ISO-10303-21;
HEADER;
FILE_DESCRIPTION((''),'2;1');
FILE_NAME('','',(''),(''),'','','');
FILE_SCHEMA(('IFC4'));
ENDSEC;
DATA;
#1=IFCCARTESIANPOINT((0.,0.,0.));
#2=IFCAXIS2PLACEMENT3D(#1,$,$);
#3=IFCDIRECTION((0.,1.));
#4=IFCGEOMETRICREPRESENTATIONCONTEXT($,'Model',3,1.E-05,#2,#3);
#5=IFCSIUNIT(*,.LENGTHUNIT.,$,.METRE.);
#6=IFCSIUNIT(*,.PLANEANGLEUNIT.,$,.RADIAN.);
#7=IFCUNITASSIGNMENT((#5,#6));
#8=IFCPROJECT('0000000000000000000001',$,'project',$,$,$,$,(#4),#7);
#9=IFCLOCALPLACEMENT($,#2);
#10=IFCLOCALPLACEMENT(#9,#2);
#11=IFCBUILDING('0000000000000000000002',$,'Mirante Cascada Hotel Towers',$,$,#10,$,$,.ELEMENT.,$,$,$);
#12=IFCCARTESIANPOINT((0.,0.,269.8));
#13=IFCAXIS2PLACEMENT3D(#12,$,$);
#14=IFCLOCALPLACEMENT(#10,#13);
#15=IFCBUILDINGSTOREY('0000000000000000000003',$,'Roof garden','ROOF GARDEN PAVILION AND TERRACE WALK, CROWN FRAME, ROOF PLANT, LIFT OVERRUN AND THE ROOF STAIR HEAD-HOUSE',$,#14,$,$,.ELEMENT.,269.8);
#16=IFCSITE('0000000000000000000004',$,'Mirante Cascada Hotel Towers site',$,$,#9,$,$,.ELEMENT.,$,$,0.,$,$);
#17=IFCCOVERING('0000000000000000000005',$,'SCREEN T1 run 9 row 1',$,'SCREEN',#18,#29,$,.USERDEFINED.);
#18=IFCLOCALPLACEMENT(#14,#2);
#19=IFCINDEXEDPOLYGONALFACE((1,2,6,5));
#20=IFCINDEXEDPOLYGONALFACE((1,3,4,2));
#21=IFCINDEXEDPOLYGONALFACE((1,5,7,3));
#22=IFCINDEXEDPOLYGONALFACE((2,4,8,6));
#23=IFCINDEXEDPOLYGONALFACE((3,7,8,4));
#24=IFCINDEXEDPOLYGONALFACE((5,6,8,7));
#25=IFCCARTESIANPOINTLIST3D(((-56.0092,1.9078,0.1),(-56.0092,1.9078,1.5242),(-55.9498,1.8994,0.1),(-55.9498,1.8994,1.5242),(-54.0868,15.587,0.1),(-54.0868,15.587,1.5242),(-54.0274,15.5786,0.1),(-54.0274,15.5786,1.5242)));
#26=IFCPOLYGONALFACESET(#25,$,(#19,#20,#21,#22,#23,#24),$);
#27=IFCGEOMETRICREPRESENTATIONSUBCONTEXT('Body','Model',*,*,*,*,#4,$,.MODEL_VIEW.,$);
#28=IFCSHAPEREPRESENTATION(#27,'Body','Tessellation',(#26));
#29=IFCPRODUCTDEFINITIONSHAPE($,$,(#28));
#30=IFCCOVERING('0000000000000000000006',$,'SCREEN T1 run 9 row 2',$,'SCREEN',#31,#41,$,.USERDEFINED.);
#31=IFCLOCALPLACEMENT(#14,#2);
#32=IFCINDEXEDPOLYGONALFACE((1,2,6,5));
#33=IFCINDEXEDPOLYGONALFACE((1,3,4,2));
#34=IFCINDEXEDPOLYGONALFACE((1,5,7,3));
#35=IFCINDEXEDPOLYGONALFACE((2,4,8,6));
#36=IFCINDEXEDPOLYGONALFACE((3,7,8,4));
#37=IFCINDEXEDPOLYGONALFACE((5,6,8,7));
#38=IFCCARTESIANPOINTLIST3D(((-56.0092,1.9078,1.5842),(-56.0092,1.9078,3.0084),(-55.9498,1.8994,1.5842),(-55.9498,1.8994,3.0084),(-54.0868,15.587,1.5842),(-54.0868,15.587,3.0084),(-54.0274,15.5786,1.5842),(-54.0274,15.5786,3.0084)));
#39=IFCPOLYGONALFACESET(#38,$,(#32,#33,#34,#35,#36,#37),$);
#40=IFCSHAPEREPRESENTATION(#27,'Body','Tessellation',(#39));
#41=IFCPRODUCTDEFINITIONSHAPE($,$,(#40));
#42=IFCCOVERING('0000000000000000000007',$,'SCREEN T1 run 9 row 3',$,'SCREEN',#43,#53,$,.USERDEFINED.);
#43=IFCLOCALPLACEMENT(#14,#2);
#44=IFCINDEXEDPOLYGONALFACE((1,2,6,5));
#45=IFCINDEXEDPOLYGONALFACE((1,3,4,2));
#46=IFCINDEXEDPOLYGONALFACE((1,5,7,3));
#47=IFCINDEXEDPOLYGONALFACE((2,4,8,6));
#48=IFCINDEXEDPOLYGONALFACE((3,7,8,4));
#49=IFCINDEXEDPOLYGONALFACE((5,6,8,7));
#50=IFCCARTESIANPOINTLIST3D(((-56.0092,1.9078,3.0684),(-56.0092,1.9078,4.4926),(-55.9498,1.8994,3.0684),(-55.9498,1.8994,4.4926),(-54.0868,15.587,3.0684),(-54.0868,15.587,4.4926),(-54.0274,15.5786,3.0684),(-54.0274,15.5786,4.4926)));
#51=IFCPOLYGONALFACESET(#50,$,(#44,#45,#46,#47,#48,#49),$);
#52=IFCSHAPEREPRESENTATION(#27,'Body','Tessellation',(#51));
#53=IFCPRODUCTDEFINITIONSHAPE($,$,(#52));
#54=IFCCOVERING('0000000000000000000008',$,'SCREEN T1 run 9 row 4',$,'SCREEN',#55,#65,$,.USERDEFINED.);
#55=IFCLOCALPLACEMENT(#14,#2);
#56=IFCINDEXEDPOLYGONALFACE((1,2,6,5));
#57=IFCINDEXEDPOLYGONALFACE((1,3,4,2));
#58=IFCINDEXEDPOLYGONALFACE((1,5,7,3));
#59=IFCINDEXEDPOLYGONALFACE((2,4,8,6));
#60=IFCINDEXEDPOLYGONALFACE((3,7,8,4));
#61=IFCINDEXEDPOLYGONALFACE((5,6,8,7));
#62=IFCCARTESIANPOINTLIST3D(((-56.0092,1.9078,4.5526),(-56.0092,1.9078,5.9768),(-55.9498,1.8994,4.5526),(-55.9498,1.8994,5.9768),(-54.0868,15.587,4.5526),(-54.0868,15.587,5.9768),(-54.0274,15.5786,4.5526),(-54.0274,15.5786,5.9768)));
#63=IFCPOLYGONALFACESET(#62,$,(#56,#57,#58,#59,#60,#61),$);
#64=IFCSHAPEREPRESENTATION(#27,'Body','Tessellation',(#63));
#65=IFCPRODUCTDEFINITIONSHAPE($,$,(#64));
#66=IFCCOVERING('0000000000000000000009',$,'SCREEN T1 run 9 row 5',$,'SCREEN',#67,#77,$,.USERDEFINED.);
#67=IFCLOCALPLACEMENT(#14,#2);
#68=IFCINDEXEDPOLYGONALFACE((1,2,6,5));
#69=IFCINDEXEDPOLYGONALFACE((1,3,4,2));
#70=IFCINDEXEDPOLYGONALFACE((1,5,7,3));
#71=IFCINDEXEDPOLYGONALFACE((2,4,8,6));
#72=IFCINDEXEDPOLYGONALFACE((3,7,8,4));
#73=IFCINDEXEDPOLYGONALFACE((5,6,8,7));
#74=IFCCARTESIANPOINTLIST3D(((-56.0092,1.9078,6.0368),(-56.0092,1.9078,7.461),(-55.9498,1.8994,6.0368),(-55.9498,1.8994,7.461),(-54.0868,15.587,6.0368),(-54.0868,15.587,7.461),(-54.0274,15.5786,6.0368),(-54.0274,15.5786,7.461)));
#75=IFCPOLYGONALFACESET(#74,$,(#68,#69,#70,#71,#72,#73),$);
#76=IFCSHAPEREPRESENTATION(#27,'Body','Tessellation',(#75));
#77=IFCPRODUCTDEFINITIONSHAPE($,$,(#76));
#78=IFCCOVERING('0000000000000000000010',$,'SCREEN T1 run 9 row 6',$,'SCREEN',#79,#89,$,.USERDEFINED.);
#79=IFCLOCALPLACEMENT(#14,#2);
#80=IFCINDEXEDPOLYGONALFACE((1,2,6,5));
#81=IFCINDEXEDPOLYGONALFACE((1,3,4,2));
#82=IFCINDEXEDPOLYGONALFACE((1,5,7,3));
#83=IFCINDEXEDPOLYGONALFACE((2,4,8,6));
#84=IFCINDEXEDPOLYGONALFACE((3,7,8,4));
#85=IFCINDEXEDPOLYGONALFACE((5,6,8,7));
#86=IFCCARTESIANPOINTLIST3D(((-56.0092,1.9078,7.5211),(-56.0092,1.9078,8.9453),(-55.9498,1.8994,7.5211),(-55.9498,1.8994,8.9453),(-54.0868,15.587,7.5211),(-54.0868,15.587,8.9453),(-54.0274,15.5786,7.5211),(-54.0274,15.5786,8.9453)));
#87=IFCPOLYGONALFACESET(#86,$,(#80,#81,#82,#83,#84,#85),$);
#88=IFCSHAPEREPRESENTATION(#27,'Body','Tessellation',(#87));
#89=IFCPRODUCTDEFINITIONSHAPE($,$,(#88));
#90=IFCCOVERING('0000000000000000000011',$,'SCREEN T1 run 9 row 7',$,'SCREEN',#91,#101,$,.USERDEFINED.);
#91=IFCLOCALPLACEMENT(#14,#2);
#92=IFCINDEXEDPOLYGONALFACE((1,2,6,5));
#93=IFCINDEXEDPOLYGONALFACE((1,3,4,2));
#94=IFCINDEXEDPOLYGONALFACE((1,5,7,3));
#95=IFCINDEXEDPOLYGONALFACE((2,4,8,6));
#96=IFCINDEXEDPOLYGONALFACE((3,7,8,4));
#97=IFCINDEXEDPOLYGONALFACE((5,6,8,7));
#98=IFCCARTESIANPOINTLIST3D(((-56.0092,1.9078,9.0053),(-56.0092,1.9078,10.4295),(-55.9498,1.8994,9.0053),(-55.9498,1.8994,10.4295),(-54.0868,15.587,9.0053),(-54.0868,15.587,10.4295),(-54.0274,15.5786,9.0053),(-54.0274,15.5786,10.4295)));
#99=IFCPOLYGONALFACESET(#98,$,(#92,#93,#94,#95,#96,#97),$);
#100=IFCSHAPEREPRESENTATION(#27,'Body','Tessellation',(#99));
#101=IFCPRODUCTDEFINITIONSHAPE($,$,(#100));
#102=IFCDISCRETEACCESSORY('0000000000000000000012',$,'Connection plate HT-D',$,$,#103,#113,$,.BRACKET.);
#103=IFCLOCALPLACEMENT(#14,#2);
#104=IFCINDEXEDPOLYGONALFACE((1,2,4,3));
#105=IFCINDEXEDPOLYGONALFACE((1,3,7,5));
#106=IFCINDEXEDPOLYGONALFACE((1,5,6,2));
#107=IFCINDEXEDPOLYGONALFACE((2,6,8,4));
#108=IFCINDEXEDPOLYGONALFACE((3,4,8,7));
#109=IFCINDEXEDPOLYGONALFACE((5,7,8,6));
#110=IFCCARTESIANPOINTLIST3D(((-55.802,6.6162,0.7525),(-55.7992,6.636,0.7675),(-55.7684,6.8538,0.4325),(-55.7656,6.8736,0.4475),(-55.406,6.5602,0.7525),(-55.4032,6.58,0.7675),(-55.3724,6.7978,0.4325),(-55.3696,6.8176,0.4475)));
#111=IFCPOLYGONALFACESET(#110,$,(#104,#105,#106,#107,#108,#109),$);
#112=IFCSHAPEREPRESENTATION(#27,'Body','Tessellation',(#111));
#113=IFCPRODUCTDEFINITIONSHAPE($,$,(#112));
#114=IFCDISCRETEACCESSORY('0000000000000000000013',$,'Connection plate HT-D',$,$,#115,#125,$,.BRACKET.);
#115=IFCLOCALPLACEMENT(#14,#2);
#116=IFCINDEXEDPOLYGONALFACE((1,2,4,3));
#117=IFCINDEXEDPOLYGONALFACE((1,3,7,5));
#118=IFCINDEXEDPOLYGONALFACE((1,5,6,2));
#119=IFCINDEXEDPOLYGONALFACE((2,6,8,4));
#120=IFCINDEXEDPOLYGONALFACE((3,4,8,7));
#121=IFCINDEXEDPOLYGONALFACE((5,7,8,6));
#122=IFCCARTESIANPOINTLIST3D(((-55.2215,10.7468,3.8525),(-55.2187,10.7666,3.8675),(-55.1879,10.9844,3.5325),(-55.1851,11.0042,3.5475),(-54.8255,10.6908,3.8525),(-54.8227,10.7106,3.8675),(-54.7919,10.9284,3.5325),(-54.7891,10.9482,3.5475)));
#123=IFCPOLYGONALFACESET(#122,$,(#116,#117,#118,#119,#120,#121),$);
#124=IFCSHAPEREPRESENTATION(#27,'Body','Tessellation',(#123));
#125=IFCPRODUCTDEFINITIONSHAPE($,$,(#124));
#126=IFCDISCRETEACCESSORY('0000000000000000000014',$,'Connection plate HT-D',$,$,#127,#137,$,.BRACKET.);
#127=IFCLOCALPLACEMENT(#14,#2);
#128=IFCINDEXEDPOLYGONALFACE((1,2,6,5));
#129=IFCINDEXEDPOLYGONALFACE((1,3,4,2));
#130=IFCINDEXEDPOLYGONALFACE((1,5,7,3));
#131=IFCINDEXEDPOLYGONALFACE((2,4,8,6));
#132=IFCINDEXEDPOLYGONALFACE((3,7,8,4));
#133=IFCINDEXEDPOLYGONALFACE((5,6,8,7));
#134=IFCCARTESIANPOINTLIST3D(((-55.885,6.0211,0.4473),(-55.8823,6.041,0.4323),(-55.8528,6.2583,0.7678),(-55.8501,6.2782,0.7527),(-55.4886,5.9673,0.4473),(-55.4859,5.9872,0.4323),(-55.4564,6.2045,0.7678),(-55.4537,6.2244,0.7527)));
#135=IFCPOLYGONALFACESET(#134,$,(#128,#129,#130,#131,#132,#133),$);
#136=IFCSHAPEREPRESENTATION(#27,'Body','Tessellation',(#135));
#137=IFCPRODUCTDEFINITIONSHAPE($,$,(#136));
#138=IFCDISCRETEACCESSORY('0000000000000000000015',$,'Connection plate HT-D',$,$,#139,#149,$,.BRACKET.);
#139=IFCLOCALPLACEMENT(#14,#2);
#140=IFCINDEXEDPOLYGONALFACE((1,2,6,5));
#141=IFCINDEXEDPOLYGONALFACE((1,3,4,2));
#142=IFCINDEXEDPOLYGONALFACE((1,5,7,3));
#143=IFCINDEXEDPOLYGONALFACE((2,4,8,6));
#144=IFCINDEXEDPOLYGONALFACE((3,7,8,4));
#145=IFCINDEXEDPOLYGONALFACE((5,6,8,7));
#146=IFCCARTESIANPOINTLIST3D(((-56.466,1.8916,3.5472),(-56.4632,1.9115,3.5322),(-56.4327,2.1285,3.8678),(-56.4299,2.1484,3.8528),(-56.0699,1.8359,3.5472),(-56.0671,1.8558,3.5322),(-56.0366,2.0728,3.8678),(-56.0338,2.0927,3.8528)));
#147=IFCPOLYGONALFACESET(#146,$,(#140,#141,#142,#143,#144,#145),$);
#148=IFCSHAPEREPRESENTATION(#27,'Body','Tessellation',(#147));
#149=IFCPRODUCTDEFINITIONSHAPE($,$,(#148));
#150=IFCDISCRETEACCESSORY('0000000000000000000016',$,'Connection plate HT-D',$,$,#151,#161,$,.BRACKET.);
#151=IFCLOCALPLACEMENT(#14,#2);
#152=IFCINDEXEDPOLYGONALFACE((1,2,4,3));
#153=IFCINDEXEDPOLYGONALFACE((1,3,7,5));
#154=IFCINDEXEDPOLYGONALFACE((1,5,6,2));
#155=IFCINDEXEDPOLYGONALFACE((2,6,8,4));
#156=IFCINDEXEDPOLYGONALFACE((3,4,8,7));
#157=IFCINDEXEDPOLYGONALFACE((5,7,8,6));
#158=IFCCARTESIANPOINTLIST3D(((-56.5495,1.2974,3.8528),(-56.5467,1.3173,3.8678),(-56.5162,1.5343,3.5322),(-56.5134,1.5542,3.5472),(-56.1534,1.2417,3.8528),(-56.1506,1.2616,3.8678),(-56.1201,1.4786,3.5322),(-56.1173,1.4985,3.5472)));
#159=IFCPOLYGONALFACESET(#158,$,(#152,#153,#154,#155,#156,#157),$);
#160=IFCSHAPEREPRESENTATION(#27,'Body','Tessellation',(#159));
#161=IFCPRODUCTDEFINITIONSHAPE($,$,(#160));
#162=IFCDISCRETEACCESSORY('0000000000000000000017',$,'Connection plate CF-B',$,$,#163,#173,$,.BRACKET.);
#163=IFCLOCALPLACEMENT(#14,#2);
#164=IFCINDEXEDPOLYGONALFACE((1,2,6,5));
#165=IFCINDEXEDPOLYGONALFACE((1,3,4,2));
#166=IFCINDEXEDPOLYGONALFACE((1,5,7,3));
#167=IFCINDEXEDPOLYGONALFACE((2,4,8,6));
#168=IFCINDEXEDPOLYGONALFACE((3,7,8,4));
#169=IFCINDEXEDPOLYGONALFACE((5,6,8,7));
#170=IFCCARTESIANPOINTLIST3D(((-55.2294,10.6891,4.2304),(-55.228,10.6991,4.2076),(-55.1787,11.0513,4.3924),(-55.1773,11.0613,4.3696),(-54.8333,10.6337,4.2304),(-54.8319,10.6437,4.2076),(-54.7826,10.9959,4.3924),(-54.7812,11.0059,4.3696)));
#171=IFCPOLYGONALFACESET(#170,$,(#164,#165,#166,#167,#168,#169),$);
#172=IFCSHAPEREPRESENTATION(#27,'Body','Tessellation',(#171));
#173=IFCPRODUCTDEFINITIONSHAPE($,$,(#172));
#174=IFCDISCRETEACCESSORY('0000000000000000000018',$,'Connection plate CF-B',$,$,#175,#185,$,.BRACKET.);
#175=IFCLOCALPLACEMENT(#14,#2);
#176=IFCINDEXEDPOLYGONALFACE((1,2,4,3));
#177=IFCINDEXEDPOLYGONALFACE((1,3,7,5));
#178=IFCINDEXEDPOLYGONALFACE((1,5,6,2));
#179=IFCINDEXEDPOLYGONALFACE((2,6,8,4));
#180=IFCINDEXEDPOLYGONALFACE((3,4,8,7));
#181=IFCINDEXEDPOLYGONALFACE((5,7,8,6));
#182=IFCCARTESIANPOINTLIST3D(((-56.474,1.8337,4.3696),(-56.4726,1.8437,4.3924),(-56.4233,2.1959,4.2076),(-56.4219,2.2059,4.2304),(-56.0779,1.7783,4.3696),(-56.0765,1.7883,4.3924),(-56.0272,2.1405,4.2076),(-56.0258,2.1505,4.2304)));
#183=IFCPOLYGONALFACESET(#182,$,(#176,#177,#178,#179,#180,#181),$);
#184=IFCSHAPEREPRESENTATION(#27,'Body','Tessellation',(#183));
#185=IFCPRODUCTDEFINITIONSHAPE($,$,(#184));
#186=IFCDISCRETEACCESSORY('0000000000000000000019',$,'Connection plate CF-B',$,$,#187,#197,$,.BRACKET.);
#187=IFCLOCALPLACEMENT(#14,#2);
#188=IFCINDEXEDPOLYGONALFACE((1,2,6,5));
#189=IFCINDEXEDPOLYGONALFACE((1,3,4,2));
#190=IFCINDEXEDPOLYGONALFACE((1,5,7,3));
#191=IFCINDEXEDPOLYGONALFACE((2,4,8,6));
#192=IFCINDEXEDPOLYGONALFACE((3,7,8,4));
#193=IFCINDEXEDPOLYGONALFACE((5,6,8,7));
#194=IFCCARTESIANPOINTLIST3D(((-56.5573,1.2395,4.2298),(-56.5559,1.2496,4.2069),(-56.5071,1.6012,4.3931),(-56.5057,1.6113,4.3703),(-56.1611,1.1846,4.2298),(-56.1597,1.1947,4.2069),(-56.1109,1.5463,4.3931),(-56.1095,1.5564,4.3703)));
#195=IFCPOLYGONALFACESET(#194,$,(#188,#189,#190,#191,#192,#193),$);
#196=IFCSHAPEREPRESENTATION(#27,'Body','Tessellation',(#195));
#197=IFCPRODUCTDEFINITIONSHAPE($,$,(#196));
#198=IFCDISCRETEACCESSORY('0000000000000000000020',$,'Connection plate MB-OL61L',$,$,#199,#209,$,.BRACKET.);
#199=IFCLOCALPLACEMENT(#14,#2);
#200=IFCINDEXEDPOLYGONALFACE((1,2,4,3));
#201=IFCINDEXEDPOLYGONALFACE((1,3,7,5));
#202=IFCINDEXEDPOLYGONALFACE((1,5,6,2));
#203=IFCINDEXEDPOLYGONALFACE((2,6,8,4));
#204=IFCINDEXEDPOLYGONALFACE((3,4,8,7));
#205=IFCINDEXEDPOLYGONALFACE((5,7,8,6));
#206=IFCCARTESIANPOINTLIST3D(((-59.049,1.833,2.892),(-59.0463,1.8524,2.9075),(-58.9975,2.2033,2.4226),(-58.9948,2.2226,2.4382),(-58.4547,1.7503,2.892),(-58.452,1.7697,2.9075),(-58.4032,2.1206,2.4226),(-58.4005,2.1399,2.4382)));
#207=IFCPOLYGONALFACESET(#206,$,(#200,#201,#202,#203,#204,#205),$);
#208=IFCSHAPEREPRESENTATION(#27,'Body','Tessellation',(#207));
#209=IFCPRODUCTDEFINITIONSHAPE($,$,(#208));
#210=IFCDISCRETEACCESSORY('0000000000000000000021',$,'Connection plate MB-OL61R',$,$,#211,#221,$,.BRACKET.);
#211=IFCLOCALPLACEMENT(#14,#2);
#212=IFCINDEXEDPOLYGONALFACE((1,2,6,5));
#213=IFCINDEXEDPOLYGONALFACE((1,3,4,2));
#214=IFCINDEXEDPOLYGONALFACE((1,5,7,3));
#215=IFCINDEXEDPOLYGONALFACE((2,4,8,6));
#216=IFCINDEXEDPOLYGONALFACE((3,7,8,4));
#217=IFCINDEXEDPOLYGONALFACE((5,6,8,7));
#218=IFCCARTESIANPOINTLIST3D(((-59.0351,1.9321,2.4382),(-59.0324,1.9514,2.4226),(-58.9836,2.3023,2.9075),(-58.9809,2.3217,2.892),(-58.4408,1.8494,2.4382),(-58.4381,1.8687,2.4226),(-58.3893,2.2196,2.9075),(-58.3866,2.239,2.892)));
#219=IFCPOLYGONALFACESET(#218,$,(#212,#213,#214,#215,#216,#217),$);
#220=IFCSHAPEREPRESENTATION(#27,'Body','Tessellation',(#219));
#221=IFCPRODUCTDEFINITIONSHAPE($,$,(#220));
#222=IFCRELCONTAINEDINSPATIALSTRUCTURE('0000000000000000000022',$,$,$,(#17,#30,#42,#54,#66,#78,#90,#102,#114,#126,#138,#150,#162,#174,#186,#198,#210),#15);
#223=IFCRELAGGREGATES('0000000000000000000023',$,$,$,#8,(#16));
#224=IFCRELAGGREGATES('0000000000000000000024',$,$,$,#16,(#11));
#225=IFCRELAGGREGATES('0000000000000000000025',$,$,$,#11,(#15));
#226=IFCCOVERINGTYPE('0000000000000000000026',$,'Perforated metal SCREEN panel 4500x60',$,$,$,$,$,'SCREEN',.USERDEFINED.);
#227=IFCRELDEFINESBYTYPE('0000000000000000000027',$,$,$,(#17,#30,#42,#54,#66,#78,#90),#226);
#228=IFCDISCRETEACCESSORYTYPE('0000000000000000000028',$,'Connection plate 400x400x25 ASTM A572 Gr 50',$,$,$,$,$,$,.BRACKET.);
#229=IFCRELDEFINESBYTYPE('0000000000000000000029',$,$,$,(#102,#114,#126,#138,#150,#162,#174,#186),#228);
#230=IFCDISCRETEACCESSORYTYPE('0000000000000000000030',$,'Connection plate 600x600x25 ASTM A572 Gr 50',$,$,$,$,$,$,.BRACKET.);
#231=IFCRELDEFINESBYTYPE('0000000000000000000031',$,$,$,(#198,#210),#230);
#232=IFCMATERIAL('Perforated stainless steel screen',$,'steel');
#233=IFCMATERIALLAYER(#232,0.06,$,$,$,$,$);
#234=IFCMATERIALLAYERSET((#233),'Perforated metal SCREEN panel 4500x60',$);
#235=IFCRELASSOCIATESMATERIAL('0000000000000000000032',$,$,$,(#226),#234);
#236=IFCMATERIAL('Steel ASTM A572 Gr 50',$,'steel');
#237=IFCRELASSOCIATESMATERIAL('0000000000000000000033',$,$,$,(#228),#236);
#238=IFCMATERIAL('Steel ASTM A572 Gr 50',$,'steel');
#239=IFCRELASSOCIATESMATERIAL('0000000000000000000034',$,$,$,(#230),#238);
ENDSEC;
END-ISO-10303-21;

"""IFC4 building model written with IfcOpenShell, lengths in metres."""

from ifc_helpers import new_model, si_unit, direction, frame, origin, origin_2d, place, context, subcontext, project, spatial, rectangle, extrude, material, layer, layer_set, material_profile, profile_set, type_object, element, save


model = new_model("IFC4")

# Units and contexts
model_context = context("Model", 3, precision=1e-05, world=origin(), true_north=direction((0.0, 1.0)))
body_context = subcontext(model_context, "Body", "Model", "MODEL_VIEW")
ifc_project = project(units=[si_unit("LENGTHUNIT", "METRE"), si_unit("PLANEANGLEUNIT", "RADIAN")], contexts=[model_context])

# Site, building, storey
site_placement = place(None, origin())
site = spatial("IfcSite", under=ifc_project, at=site_placement, Name="Mirante Cascada Hotel Towers site", CompositionType="ELEMENT", RefElevation=0.0)
building_placement = place(site_placement, origin())
building = spatial("IfcBuilding", under=site, at=building_placement, Name="Mirante Cascada Hotel Towers", CompositionType="ELEMENT")
storey_placement = place(building_placement, frame((0.0, 0.0, 269.8)))
storey = spatial("IfcBuildingStorey", under=building, at=storey_placement, Name="Roof garden", Description="ROOF GARDEN PAVILION AND TERRACE WALK, CROWN FRAME, ROOF PLANT, LIFT OVERRUN AND THE ROOF STAIR HEAD-HOUSE", CompositionType="ELEMENT", Elevation=269.8)

# Coverings
ifc_material_1 = material(Name="Perforated stainless steel screen", Category="steel")
ifc_layer = layer(ifc_material_1, 0.06)
ifc_layer_set = layer_set([ifc_layer], Name="Perforated metal SCREEN panel 4500x60")
covering_type = type_object("IfcCoveringType", Name="Perforated metal SCREEN panel 4500x60", ElementType="SCREEN", PredefinedType="USERDEFINED", material=ifc_layer_set)
for number, where, z_axis, x_axis, name in (
    (1, (-55.0183, 8.7432, 0.1), (0.0, 0.0, 1.0), (-0.139173, -0.990268, 0.0), "SCREEN T1 run 9 row 1"),
    (2, (-55.0183, 8.7432, 1.5842), (0.0, 0.0, 1.0), (-0.139173, -0.990268, 0.0), "SCREEN T1 run 9 row 2"),
    (3, (-55.0183, 8.7432, 3.0684), (0.0, 0.0, 1.0), (-0.139173, -0.990268, 0.0), "SCREEN T1 run 9 row 3"),
    (4, (-55.0183, 8.7432, 4.5526), (0.0, 0.0, 1.0), (-0.139173, -0.990268, 0.0), "SCREEN T1 run 9 row 4"),
    (5, (-55.0183, 8.7432, 6.0368), (0.0, 0.0, 1.0), (-0.139173, -0.990268, 0.0), "SCREEN T1 run 9 row 5"),
    (6, (-55.0183, 8.7432, 7.5211), (0.0, 0.0, 1.0), (-0.139173, -0.990268, 0.0), "SCREEN T1 run 9 row 6"),
    (7, (-55.0183, 8.7432, 9.0053), (0.0, 0.0, 1.0), (-0.139173, -0.990268, 0.0), "SCREEN T1 run 9 row 7"),
):
    element("IfcCovering", number, at=place(storey_placement, frame(where, z_axis=z_axis, x_axis=x_axis)), inside=storey, type_object=covering_type, Name=name, ObjectType="SCREEN", PredefinedType="USERDEFINED", context=body_context, shape_type="SweptSolid", body=[
        extrude(rectangle(XDim=13.8136, YDim=0.06, at=origin_2d()), origin(), (0.0, 0.0, 1.0), 1.4242),
    ])

# Discrete accessories
ifc_material_2 = material(Name="Steel ASTM A572 Gr 50", Category="steel")
ifc_material_profile_1 = material_profile(ifc_material_2, rectangle(XDim=0.4, YDim=0.4, at=origin_2d()), Name="Connection plate 400x400x25 ASTM A572 Gr 50")
ifc_profile_set_1 = profile_set([ifc_material_profile_1], Name="Steel ASTM A572 Gr 50")
discrete_accessory_type_1 = type_object("IfcDiscreteAccessoryType", Name="Connection plate 400x400x25 ASTM A572 Gr 50", PredefinedType="BRACKET", material=ifc_profile_set_1)
for number, where, z_axis, x_axis, name in (
    (8, (-55.5872, 6.707, 0.5925), (0.112011, 0.792076, 0.600058), (-0.990148, 0.140021, 0.0), "Connection plate HT-D"),
    (9, (-55.0067, 10.8376, 3.6925), (0.112011, 0.792076, 0.600058), (-0.990148, 0.140021, 0.0), "Connection plate HT-D"),
):
    element("IfcDiscreteAccessory", number, at=place(storey_placement, frame(where, z_axis=z_axis, x_axis=x_axis)), inside=storey, type_object=discrete_accessory_type_1, Name=name, PredefinedType="BRACKET", context=body_context, shape_type="SweptSolid", body=[
        extrude(rectangle(XDim=0.4, YDim=0.4, at=origin_2d()), origin(), (0.0, 0.0, 1.0), 0.025),
    ])
for number, where, z_axis, x_axis, name in (
    (10, (-55.668, 6.1327, 0.5925), (-0.107716, -0.793907, 0.598422), (0.990921, -0.134446, 0.0), "Connection plate HT-D"),
    (11, (-56.2485, 2.0021, 3.6925), (-0.111657, -0.79356, 0.59816), (0.990246, -0.139331, 0.0), "Connection plate HT-D"),
    (12, (-56.3348, 1.388, 3.6925), (0.111657, 0.79356, 0.59816), (-0.990246, 0.139331, 0.0), "Connection plate HT-D"),
):
    element("IfcDiscreteAccessory", number, at=place(storey_placement, frame(where, z_axis=z_axis, x_axis=x_axis)), inside=storey, type_object=discrete_accessory_type_1, Name=name, PredefinedType="BRACKET", context=body_context, shape_type="SweptSolid", body=[
        extrude(rectangle(XDim=0.4, YDim=0.4, at=origin_2d()), origin(), (0.0, 0.0, 1.0), 0.0251),
    ])
for number, where, z_axis, x_axis, name in (
    (13, (-55.0046, 10.8525, 4.2886), (-0.056144, -0.401028, 0.914344), (0.990342, -0.138648, 0.0), "Connection plate CF-B"),
    (14, (-56.2506, 1.9871, 4.2886), (0.056144, 0.401028, 0.914344), (-0.990342, 0.138648, 0.0), "Connection plate CF-B"),
):
    element("IfcDiscreteAccessory", number, at=place(storey_placement, frame(where, z_axis=z_axis, x_axis=x_axis)), inside=storey, type_object=discrete_accessory_type_1, Name=name, PredefinedType="BRACKET", context=body_context, shape_type="SweptSolid", body=[
        extrude(rectangle(XDim=0.4, YDim=0.4, at=origin_2d()), origin(), (0.0, 0.0, 1.0), 0.0249),
    ])
discrete_accessory_placement = place(storey_placement, frame((-56.3327, 1.403, 4.2886), z_axis=(-0.056053, -0.404385, 0.91287), x_axis=(0.990529, -0.137301, 0.0)))
element("IfcDiscreteAccessory", 15, at=discrete_accessory_placement, inside=storey, type_object=discrete_accessory_type_1, Name="Connection plate CF-B", PredefinedType="BRACKET", context=body_context, shape_type="SweptSolid", body=[
    extrude(rectangle(XDim=0.4, YDim=0.4, at=origin_2d()), origin(), (0.0, 0.0, 1.0), 0.025),
])
ifc_material_3 = material(Name="Steel ASTM A572 Gr 50", Category="steel")
ifc_material_profile_2 = material_profile(ifc_material_3, rectangle(XDim=0.6, YDim=0.6, at=origin_2d()), Name="Connection plate 600x600x25 ASTM A572 Gr 50")
ifc_profile_set_2 = profile_set([ifc_material_profile_2], Name="Steel ASTM A572 Gr 50")
discrete_accessory_type_2 = type_object("IfcDiscreteAccessoryType", Name="Connection plate 600x600x25 ASTM A572 Gr 50", PredefinedType="BRACKET", material=ifc_profile_set_2)
for number, where, z_axis, x_axis, name in (
    (16, (-58.7261, 1.9768, 2.6573), (0.107827, 0.774755, 0.622999), (-0.990454, 0.137847, 0.0), "Connection plate MB-OL61L"),
    (17, (-58.7095, 2.0952, 2.6573), (-0.107827, -0.774755, 0.622999), (0.990454, -0.137847, 0.0), "Connection plate MB-OL61R"),
):
    element("IfcDiscreteAccessory", number, at=place(storey_placement, frame(where, z_axis=z_axis, x_axis=x_axis)), inside=storey, type_object=discrete_accessory_type_2, Name=name, PredefinedType="BRACKET", context=body_context, shape_type="SweptSolid", body=[
        extrude(rectangle(XDim=0.6, YDim=0.6, at=origin_2d()), origin(), (0.0, 0.0, 1.0), 0.025),
    ])

save(model, "model.ifc")
